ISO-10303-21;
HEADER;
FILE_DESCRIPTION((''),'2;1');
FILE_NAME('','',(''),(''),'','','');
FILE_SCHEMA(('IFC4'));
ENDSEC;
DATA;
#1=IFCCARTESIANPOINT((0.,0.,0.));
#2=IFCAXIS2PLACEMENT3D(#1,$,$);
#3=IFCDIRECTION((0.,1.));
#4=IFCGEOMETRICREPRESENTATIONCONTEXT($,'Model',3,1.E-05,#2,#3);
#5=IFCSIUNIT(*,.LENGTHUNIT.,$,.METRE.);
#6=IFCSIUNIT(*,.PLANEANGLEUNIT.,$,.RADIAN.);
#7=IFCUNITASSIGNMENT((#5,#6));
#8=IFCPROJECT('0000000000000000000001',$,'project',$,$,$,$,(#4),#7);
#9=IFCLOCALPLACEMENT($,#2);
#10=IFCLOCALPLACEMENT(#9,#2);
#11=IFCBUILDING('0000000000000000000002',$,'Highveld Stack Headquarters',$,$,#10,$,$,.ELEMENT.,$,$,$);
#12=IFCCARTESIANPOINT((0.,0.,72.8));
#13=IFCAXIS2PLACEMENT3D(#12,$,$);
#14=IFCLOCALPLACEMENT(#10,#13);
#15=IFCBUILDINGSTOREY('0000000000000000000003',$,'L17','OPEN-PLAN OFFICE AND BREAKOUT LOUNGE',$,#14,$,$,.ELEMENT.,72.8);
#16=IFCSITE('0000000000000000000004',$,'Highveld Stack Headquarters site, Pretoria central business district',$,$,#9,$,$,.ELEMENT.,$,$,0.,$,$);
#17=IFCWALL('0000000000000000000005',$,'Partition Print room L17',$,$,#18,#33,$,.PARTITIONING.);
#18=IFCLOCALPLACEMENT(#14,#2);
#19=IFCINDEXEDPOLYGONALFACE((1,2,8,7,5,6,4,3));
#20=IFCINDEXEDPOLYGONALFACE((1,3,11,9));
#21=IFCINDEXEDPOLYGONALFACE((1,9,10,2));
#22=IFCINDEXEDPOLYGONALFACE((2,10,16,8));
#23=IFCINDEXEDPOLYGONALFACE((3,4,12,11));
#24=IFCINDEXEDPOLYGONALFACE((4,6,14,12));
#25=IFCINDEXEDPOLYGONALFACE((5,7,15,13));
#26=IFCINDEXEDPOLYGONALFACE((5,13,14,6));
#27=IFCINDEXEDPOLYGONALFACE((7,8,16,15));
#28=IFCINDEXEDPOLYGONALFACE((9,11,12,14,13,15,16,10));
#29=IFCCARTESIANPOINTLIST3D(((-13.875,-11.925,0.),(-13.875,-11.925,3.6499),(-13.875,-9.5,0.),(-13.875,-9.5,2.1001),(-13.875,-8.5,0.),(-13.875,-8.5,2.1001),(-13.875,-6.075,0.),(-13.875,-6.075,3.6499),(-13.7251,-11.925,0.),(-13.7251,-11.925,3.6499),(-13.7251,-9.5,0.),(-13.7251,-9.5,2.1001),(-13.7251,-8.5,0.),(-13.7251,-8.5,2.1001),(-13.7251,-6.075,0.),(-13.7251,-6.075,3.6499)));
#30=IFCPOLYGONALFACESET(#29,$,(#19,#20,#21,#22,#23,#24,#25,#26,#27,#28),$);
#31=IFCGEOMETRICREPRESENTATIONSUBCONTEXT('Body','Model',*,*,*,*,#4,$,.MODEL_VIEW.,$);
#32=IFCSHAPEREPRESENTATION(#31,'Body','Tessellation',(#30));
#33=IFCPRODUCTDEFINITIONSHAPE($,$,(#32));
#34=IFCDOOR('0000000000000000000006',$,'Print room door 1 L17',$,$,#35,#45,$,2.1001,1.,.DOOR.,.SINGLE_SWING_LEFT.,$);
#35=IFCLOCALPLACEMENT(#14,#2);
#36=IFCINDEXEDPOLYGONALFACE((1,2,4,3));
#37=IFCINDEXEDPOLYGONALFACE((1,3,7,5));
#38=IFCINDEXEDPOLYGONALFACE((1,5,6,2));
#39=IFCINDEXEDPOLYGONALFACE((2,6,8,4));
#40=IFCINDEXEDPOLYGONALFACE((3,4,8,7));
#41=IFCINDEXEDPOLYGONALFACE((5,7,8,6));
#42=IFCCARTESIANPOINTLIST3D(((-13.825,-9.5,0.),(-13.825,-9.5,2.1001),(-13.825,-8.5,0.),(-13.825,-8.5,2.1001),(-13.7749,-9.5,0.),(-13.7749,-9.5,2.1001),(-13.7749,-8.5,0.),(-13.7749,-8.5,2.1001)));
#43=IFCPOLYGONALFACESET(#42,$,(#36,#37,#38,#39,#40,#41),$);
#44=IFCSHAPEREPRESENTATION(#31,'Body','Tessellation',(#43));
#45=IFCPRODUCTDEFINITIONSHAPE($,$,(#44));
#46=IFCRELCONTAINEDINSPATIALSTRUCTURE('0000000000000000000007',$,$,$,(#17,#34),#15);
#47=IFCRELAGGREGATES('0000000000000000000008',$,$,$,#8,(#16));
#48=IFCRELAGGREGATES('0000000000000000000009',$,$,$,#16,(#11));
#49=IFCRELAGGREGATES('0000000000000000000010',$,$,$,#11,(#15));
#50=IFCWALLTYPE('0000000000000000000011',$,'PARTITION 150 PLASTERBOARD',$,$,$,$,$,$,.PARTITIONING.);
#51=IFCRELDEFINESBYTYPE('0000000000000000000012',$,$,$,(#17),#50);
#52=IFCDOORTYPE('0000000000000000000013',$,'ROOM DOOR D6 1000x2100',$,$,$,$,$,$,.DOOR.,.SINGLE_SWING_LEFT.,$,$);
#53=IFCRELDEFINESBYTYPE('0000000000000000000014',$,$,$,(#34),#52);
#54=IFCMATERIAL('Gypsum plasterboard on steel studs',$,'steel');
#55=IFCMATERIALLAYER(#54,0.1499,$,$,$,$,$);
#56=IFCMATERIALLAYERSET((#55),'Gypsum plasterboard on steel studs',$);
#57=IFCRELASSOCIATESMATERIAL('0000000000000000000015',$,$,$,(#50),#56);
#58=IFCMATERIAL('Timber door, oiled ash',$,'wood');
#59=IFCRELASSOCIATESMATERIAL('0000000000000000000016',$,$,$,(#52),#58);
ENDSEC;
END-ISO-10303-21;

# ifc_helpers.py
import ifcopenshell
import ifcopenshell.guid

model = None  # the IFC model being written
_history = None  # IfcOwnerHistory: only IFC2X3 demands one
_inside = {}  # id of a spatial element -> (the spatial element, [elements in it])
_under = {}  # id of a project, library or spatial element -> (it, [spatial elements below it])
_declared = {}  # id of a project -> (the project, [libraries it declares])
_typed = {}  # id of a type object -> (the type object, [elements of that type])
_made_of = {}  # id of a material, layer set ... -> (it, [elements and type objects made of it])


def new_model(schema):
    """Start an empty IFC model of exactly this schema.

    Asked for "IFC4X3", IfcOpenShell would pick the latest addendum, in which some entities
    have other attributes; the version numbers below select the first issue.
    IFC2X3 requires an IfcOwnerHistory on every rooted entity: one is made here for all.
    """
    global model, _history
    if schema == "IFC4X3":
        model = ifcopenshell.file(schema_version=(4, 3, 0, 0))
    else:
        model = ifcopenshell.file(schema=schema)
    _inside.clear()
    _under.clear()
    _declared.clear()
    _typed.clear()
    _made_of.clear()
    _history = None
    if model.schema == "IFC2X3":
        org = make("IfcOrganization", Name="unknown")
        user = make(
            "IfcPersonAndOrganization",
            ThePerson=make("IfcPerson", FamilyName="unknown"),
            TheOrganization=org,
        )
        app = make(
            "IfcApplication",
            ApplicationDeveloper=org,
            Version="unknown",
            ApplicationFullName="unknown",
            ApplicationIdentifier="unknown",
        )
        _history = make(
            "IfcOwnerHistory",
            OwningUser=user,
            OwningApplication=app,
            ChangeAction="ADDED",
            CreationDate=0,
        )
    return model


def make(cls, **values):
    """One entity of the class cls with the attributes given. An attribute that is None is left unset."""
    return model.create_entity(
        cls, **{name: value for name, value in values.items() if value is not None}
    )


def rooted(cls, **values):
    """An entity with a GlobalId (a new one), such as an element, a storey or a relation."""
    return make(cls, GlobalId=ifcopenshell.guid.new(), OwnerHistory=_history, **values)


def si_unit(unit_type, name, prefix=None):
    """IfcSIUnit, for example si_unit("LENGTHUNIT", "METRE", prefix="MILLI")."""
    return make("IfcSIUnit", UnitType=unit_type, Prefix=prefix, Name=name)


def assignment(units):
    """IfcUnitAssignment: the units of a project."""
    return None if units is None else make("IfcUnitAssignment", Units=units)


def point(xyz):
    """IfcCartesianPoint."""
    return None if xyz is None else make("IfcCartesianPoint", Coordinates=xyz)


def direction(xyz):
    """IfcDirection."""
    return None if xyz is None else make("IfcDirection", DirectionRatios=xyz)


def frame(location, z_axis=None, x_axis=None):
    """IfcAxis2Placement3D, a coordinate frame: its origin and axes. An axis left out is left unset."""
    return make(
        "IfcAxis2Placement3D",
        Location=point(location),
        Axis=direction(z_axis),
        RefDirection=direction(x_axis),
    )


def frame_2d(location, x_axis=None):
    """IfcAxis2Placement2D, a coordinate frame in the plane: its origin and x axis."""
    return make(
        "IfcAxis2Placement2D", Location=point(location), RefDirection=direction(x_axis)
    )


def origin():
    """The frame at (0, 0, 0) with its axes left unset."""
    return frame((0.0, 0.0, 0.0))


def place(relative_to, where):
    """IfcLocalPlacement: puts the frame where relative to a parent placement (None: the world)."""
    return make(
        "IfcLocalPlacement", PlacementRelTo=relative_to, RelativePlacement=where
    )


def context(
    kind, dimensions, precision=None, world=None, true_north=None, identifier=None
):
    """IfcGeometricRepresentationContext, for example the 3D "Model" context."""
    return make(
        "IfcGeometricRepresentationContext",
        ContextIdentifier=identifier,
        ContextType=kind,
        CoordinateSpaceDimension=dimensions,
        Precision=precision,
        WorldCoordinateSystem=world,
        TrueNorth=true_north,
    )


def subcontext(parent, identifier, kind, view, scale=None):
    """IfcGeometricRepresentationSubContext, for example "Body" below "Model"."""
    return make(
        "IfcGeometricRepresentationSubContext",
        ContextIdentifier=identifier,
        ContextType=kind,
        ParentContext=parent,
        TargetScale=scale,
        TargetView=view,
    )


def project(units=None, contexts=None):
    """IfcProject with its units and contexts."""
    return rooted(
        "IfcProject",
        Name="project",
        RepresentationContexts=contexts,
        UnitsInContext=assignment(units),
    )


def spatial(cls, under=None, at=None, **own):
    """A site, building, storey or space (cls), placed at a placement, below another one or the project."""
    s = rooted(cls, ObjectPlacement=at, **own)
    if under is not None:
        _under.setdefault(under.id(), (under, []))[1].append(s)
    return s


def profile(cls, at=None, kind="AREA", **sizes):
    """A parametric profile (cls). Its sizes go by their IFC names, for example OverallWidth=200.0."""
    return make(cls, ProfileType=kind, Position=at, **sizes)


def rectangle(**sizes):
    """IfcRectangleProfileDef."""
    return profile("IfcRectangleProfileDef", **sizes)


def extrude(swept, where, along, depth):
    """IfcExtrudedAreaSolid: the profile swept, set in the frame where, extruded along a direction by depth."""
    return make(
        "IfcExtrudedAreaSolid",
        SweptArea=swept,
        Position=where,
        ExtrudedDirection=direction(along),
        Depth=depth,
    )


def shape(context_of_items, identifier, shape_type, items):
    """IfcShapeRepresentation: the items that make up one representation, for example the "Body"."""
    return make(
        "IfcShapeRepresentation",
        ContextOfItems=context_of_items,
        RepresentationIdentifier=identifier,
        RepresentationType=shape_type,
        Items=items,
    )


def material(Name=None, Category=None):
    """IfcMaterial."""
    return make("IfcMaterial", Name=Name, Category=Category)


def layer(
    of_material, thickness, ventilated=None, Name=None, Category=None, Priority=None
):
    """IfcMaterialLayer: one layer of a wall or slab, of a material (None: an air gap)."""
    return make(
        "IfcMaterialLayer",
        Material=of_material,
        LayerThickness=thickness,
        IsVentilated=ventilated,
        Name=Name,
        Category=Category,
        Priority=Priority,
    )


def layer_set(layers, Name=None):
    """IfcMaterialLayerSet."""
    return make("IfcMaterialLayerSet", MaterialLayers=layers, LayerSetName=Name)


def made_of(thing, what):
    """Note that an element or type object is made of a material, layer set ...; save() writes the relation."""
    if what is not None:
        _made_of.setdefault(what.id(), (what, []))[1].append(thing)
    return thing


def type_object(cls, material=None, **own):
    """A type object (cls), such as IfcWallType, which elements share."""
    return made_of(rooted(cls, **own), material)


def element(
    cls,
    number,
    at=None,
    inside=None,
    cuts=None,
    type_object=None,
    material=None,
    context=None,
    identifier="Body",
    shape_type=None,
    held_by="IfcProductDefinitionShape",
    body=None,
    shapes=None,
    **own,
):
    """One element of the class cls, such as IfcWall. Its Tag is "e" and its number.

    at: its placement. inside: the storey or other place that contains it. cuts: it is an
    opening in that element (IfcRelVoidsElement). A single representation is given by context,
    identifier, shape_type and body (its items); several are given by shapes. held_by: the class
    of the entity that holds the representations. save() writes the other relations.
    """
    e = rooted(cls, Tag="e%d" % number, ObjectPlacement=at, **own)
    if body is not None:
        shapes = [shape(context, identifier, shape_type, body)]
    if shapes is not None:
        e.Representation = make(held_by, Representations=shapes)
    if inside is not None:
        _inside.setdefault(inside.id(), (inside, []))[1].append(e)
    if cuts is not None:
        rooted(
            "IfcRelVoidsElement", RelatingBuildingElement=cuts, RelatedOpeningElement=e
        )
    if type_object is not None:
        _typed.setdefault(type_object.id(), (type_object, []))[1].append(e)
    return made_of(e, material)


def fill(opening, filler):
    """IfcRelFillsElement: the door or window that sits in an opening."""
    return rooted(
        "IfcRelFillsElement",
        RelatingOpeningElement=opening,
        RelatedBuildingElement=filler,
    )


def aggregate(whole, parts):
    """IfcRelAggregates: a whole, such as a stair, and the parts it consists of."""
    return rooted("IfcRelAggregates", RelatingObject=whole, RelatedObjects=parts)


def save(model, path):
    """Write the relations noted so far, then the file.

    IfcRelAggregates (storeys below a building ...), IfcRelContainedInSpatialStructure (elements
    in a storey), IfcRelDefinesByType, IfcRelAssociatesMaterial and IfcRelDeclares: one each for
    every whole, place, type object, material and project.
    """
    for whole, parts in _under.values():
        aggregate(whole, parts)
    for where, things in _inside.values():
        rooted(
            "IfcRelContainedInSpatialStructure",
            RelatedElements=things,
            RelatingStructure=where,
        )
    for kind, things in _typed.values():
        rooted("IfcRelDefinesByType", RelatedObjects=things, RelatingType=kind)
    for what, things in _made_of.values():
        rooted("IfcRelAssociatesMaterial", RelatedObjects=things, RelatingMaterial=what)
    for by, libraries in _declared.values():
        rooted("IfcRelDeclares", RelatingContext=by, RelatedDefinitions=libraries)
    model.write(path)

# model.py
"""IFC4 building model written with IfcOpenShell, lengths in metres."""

from ifc_helpers import new_model, si_unit, direction, frame, frame_2d, origin, place, context, subcontext, project, spatial, rectangle, extrude, material, layer, layer_set, type_object, element, fill, save


model = new_model("IFC4")

# Units and contexts
model_context = context("Model", 3, precision=1e-05, world=origin(), true_north=direction((0.0, 1.0)))
body_context = subcontext(model_context, "Body", "Model", "MODEL_VIEW")
ifc_project = project(units=[si_unit("LENGTHUNIT", "METRE"), si_unit("PLANEANGLEUNIT", "RADIAN")], contexts=[model_context])

# Site, building, storey
site_placement = place(None, origin())
site = spatial("IfcSite", under=ifc_project, at=site_placement, Name="Highveld Stack Headquarters site, Pretoria central business district", CompositionType="ELEMENT", RefElevation=0.0)
building_placement = place(site_placement, origin())
building = spatial("IfcBuilding", under=site, at=building_placement, Name="Highveld Stack Headquarters", CompositionType="ELEMENT")
storey_placement = place(building_placement, frame((0.0, 0.0, 72.8)))
storey = spatial("IfcBuildingStorey", under=building, at=storey_placement, Name="L17", Description="OPEN-PLAN OFFICE AND BREAKOUT LOUNGE", CompositionType="ELEMENT", Elevation=72.8)

# Shared definitions
ifc_material_1 = material(Name="Gypsum plasterboard on steel studs", Category="steel")
ifc_layer_1 = layer(ifc_material_1, 0.1499)
ifc_layer_set_1 = layer_set([ifc_layer_1], Name="Gypsum plasterboard on steel studs")
wall_type = type_object("IfcWallType", Name="PARTITION 150 PLASTERBOARD", PredefinedType="PARTITIONING", material=ifc_layer_set_1)

# Wall, opening, door
wall_1_placement = place(storey_placement, frame((-13.8, -11.925, 0.0), z_axis=(0.0, 0.0, 1.0), x_axis=(0.0, 1.0, 0.0)))
wall_1 = element("IfcWall", 1, at=wall_1_placement, inside=storey, type_object=wall_type, Name="Partition Print room L17", PredefinedType="PARTITIONING", context=body_context, shape_type="SweptSolid", body=[
    extrude(rectangle(XDim=5.8501, YDim=0.1499, at=frame_2d((2.925, 0.0))), origin(), (0.0, 0.0, 1.0), 3.6499),
])
opening_placement = place(wall_1_placement, frame((2.425, 0.0, 0.0)))
opening = element("IfcOpeningElement", 2, at=opening_placement, cuts=wall_1, PredefinedType="OPENING", context=body_context, shape_type="SweptSolid", body=[
    extrude(rectangle(XDim=1.0, YDim=2.1001, at=frame_2d((0.5, 1.05))), frame((0.0, 0.085, 0.0), z_axis=(0.0, -1.0, 0.0), x_axis=(1.0, 0.0, 0.0)), (0.0, 0.0, 1.0), 0.1699),
])
ifc_material_2 = material(Name="Timber door, oiled ash", Category="wood")
door_type = type_object("IfcDoorType", Name="ROOM DOOR D6 1000x2100", OperationType="SINGLE_SWING_LEFT", PredefinedType="DOOR", material=ifc_material_2)
door_placement = place(opening_placement, origin())
door = element("IfcDoor", 3, at=door_placement, inside=storey, type_object=door_type, Name="Print room door 1 L17", OperationType="SINGLE_SWING_LEFT", OverallHeight=2.1001, OverallWidth=1.0, PredefinedType="DOOR", context=body_context, shape_type="SweptSolid", body=[
    extrude(rectangle(XDim=1.0, YDim=2.1001, at=frame_2d((0.5, 1.05))), frame((0.0, 0.0249, 0.0), z_axis=(0.0, -1.0, 0.0), x_axis=(1.0, 0.0, 0.0)), (0.0, 0.0, 1.0), 0.05),
])
fill(opening, door)

save(model, "model.ifc")
